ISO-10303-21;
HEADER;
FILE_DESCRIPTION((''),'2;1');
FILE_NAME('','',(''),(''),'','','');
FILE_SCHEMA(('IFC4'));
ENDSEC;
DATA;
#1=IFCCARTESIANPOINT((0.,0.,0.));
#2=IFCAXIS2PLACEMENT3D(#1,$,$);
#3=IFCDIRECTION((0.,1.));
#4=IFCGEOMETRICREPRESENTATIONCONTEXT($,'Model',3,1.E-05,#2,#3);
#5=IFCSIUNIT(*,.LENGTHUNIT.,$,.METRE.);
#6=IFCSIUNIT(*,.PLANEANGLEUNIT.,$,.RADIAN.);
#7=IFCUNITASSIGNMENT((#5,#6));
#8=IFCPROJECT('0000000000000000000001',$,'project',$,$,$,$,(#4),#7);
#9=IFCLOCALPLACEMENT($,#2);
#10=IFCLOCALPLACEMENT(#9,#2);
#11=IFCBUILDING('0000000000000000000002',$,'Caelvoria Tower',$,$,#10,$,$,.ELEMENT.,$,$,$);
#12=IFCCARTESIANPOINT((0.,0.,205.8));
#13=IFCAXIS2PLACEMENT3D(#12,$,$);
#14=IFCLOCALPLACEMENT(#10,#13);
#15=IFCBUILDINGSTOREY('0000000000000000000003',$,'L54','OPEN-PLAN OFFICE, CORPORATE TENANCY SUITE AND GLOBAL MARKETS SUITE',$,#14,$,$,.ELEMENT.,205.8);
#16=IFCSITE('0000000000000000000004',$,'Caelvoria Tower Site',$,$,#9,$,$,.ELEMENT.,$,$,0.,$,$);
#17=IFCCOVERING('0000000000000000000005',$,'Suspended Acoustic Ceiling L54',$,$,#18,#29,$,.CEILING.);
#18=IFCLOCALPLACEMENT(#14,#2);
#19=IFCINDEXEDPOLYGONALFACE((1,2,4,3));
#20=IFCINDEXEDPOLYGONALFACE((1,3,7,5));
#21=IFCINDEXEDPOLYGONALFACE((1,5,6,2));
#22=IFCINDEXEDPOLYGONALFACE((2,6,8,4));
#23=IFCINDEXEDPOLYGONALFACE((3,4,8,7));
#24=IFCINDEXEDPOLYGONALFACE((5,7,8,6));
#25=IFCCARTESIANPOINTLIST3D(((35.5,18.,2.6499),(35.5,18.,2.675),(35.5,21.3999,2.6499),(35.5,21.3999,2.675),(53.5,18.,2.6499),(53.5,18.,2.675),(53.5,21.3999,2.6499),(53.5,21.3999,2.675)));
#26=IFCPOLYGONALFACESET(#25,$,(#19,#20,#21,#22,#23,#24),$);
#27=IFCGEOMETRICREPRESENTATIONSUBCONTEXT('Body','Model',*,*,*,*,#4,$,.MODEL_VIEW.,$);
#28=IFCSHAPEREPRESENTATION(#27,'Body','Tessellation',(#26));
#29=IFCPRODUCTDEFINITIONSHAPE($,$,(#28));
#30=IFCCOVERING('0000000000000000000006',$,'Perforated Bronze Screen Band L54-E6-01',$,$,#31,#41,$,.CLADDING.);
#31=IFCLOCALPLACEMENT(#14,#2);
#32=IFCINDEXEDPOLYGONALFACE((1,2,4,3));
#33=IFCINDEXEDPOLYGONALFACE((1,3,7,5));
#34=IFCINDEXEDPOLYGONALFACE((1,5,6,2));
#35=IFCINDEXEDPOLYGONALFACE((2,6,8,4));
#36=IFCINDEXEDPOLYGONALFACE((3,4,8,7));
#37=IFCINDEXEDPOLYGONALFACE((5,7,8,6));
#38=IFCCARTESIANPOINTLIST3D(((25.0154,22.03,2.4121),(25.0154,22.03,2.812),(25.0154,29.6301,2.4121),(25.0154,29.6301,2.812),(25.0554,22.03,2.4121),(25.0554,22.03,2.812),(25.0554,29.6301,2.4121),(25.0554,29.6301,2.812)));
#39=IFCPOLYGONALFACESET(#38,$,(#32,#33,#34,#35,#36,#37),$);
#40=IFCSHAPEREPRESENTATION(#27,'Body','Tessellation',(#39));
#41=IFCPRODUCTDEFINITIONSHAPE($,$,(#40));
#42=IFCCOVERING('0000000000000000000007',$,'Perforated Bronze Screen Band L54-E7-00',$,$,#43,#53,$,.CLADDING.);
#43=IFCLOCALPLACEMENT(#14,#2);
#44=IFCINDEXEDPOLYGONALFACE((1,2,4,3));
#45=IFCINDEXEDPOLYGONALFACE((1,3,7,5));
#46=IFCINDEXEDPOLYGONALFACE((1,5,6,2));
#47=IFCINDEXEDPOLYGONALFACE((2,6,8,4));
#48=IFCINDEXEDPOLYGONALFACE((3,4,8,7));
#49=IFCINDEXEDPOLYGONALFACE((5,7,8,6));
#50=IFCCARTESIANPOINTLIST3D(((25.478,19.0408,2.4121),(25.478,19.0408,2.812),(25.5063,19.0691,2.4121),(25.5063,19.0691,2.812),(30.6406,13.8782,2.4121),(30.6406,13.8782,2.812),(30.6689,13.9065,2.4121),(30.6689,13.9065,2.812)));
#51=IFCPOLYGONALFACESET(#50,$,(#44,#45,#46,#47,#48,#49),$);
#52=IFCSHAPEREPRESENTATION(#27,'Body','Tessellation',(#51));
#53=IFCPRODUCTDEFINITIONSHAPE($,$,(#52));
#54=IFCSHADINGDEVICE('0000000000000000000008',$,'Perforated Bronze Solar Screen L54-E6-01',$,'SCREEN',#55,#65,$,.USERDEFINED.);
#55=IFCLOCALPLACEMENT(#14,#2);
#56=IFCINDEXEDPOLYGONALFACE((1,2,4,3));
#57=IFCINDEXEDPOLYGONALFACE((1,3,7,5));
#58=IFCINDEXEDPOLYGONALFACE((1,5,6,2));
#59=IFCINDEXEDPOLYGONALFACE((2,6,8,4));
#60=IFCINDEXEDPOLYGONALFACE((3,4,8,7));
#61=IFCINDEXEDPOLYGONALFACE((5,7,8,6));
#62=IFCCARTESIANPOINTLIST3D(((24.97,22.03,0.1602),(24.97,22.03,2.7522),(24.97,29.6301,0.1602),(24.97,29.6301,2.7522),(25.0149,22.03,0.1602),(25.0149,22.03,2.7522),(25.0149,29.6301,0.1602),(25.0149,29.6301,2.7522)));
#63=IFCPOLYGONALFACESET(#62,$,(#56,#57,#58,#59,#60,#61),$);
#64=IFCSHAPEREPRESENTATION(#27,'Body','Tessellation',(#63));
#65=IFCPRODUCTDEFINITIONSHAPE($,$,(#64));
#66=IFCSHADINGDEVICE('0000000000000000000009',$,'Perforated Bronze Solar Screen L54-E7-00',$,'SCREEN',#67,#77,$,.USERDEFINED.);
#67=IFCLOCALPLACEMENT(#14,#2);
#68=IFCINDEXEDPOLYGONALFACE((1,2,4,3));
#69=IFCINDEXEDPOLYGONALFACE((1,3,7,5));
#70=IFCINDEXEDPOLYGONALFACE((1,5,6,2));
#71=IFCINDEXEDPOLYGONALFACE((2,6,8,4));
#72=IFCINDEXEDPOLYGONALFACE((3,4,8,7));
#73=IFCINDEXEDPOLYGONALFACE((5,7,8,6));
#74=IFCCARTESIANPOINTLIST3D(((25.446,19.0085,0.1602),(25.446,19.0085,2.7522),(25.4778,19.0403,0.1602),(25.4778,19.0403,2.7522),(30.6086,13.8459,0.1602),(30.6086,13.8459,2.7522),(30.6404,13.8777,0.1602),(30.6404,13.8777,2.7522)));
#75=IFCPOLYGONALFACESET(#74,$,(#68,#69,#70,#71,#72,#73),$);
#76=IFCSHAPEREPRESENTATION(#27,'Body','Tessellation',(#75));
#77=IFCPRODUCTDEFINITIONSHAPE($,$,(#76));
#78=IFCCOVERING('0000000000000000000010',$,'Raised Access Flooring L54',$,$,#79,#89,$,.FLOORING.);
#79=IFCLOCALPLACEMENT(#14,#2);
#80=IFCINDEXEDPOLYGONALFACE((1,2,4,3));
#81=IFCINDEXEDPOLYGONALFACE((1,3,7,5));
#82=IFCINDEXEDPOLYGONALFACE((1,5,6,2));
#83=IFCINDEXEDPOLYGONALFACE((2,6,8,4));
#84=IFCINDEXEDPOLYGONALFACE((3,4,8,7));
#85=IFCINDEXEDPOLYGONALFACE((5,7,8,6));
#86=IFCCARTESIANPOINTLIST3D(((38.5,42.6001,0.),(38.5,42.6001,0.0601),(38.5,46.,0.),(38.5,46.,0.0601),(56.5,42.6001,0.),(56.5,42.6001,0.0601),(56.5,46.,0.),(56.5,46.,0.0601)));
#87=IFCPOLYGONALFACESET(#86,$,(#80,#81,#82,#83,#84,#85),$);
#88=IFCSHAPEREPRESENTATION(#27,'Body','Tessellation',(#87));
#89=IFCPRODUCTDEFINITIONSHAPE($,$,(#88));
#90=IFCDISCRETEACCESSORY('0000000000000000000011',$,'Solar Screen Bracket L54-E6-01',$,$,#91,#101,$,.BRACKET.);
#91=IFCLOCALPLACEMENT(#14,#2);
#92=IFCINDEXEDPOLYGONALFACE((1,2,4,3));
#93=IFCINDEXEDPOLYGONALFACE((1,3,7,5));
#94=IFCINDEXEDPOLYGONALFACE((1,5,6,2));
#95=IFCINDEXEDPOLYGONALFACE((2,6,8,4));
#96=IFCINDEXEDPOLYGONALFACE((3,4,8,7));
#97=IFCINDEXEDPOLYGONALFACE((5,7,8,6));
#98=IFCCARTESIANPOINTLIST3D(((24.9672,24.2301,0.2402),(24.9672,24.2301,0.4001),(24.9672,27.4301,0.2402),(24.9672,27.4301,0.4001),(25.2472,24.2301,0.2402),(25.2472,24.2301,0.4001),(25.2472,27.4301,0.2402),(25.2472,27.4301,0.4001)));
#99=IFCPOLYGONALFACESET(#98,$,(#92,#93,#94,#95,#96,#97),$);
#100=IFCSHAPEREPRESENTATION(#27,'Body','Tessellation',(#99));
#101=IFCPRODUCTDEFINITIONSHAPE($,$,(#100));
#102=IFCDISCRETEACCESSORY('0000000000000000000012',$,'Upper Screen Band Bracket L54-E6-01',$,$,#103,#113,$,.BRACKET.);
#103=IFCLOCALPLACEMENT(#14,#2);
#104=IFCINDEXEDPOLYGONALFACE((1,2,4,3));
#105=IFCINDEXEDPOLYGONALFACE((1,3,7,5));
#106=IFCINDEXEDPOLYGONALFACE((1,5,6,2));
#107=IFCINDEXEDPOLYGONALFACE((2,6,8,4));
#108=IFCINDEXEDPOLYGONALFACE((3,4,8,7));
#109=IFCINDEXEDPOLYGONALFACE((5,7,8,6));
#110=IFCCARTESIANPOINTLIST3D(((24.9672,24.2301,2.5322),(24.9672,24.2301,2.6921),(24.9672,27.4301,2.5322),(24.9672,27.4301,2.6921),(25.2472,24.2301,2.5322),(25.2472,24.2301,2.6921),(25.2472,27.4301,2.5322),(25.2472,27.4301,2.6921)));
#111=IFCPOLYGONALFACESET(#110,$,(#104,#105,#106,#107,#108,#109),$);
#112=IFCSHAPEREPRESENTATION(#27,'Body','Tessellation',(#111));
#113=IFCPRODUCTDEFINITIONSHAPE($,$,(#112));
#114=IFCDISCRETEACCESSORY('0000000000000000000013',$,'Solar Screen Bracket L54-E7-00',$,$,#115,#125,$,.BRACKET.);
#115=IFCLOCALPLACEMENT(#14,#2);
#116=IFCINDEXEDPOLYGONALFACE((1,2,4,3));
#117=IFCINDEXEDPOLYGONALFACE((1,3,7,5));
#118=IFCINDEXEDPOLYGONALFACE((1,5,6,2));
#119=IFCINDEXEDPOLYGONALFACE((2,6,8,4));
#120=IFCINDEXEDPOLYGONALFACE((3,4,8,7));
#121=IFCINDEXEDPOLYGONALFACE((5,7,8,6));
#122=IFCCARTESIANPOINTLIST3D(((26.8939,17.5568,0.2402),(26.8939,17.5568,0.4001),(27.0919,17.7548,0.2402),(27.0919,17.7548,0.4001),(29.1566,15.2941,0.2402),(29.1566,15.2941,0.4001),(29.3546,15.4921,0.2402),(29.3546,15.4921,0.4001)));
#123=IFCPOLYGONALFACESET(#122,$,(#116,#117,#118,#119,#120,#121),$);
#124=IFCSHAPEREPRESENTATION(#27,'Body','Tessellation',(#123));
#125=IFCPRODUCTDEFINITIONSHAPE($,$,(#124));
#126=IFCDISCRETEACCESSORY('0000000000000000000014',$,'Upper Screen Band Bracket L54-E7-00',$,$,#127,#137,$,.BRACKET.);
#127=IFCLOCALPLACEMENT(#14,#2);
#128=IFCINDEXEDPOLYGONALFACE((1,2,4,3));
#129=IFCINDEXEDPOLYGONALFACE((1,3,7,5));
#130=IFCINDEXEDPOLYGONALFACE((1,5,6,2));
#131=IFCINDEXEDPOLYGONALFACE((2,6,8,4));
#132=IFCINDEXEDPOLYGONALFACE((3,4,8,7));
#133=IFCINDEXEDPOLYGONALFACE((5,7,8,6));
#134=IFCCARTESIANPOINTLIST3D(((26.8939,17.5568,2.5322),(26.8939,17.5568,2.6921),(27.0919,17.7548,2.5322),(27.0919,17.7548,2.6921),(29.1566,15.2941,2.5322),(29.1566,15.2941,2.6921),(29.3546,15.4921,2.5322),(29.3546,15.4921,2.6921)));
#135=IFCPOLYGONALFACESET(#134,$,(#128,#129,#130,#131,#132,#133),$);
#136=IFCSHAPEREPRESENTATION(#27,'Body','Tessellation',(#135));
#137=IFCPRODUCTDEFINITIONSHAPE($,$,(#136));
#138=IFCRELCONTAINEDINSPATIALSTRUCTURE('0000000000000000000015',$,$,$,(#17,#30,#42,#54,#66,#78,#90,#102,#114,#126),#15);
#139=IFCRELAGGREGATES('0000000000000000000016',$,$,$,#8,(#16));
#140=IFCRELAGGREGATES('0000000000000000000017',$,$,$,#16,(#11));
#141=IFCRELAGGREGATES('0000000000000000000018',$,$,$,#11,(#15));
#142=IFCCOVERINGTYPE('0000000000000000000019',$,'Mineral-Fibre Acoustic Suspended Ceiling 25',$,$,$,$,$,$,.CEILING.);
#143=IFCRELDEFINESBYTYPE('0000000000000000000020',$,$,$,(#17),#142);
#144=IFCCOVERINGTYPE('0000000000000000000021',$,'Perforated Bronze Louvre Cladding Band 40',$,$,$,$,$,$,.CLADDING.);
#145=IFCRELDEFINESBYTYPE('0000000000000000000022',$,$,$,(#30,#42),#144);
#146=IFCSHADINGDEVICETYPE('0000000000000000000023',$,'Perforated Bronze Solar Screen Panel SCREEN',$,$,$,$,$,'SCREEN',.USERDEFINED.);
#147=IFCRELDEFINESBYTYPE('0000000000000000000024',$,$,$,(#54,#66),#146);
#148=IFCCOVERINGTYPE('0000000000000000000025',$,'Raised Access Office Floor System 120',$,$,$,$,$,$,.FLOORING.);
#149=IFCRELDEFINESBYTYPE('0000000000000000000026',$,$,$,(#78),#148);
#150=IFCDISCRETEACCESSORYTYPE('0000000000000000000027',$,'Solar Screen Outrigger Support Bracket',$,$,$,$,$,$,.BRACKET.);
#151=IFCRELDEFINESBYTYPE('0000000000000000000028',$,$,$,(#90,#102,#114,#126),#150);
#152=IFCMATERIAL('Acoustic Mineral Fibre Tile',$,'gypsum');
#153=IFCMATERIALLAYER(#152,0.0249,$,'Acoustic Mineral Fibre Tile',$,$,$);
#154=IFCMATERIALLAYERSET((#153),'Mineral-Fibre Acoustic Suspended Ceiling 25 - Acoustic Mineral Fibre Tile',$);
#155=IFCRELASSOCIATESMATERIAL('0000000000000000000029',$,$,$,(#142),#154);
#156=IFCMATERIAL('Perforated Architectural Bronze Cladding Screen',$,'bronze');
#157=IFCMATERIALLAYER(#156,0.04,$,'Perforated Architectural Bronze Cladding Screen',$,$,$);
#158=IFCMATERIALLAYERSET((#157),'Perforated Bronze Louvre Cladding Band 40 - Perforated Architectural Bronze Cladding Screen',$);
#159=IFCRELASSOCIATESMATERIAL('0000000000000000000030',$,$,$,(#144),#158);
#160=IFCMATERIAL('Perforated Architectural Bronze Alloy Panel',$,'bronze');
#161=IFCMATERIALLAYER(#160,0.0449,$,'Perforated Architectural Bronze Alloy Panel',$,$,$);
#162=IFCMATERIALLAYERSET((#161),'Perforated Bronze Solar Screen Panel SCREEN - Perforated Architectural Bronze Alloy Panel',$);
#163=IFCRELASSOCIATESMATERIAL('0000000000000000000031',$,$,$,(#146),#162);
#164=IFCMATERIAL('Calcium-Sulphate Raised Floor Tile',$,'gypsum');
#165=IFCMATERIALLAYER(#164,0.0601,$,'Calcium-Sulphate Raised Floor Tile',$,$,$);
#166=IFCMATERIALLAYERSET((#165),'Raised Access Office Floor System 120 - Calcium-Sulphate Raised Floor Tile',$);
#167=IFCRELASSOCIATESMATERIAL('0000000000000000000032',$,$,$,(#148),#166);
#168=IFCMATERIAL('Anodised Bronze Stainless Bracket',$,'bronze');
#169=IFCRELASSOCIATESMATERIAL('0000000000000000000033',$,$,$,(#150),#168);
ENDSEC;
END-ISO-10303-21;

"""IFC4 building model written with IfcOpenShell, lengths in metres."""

from ifc_helpers import new_model, si_unit, direction, frame, origin, origin_2d, place, context, subcontext, project, spatial, polyline, rectangle, outline, extrude, material, layer, layer_set, type_object, element, save


model = new_model("IFC4")

# Units and contexts
model_context = context("Model", 3, precision=1e-05, world=origin(), true_north=direction((0.0, 1.0)))
body_context = subcontext(model_context, "Body", "Model", "MODEL_VIEW")
ifc_project = project(units=[si_unit("LENGTHUNIT", "METRE"), si_unit("PLANEANGLEUNIT", "RADIAN")], contexts=[model_context])

# Site, building, storey
site_placement = place(None, origin())
site = spatial("IfcSite", under=ifc_project, at=site_placement, Name="Caelvoria Tower Site", CompositionType="ELEMENT", RefElevation=0.0)
building_placement = place(site_placement, origin())
building = spatial("IfcBuilding", under=site, at=building_placement, Name="Caelvoria Tower", CompositionType="ELEMENT")
storey_placement = place(building_placement, frame((0.0, 0.0, 205.8)))
storey = spatial("IfcBuildingStorey", under=building, at=storey_placement, Name="L54", Description="OPEN-PLAN OFFICE, CORPORATE TENANCY SUITE AND GLOBAL MARKETS SUITE", CompositionType="ELEMENT", Elevation=205.8)

# Coverings
ifc_material_1 = material(Name="Acoustic Mineral Fibre Tile", Category="gypsum")
ifc_layer_1 = layer(ifc_material_1, 0.0249, Name="Acoustic Mineral Fibre Tile")
ifc_layer_set_1 = layer_set([ifc_layer_1], Name="Mineral-Fibre Acoustic Suspended Ceiling 25 - Acoustic Mineral Fibre Tile")
covering_type_1 = type_object("IfcCoveringType", Name="Mineral-Fibre Acoustic Suspended Ceiling 25", PredefinedType="CEILING", material=ifc_layer_set_1)
covering_1_placement = place(storey_placement, frame((0.0, 0.0, 2.6499)))
element("IfcCovering", 1, at=covering_1_placement, inside=storey, type_object=covering_type_1, Name="Suspended Acoustic Ceiling L54", PredefinedType="CEILING", context=body_context, shape_type="SweptSolid", body=[
    extrude(outline(polyline([(35.5, 18.0), (53.5, 18.0), (53.5, 21.3999), (35.5, 21.3999), (35.5, 18.0)])), origin(), (0.0, 0.0, 1.0), 0.0251),
])
ifc_material_2 = material(Name="Perforated Architectural Bronze Cladding Screen", Category="bronze")
ifc_layer_2 = layer(ifc_material_2, 0.04, Name="Perforated Architectural Bronze Cladding Screen")
ifc_layer_set_2 = layer_set([ifc_layer_2], Name="Perforated Bronze Louvre Cladding Band 40 - Perforated Architectural Bronze Cladding Screen")
covering_type_2 = type_object("IfcCoveringType", Name="Perforated Bronze Louvre Cladding Band 40", PredefinedType="CLADDING", material=ifc_layer_set_2)
covering_2_placement = place(storey_placement, frame((25.0354, 25.8301, 2.4121), z_axis=(0.0, 0.0, 1.0), x_axis=(0.0, -1.0, 0.0)))
element("IfcCovering", 2, at=covering_2_placement, inside=storey, type_object=covering_type_2, Name="Perforated Bronze Screen Band L54-E6-01", PredefinedType="CLADDING", context=body_context, shape_type="SweptSolid", body=[
    extrude(rectangle(XDim=7.6001, YDim=0.04, at=origin_2d()), origin(), (0.0, 0.0, 1.0), 0.3999),
])
covering_3_placement = place(storey_placement, frame((28.0735, 16.4736, 2.4121), z_axis=(0.0, 0.0, 1.0), x_axis=(0.707107, -0.707107, 0.0)))
element("IfcCovering", 3, at=covering_3_placement, inside=storey, type_object=covering_type_2, Name="Perforated Bronze Screen Band L54-E7-00", PredefinedType="CLADDING", context=body_context, shape_type="SweptSolid", body=[
    extrude(rectangle(XDim=7.301, YDim=0.04, at=origin_2d()), origin(), (0.0, 0.0, 1.0), 0.3999),
])

# Shading devices
ifc_material_3 = material(Name="Perforated Architectural Bronze Alloy Panel", Category="bronze")
ifc_layer_3 = layer(ifc_material_3, 0.0449, Name="Perforated Architectural Bronze Alloy Panel")
ifc_layer_set_3 = layer_set([ifc_layer_3], Name="Perforated Bronze Solar Screen Panel SCREEN - Perforated Architectural Bronze Alloy Panel")
shading_device_type = type_object("IfcShadingDeviceType", Name="Perforated Bronze Solar Screen Panel SCREEN", ElementType="SCREEN", PredefinedType="USERDEFINED", material=ifc_layer_set_3)
shading_device_1_placement = place(storey_placement, frame((24.9924, 25.8301, 0.1602), z_axis=(0.0, 0.0, 1.0), x_axis=(0.0, -1.0, 0.0)))
element("IfcShadingDevice", 4, at=shading_device_1_placement, inside=storey, type_object=shading_device_type, Name="Perforated Bronze Solar Screen L54-E6-01", ObjectType="SCREEN", PredefinedType="USERDEFINED", context=body_context, shape_type="SweptSolid", body=[
    extrude(rectangle(XDim=7.6001, YDim=0.0449, at=origin_2d()), origin(), (0.0, 0.0, 1.0), 2.592),
])
shading_device_2_placement = place(storey_placement, frame((28.0432, 16.4431, 0.1602), z_axis=(0.0, 0.0, 1.0), x_axis=(0.707107, -0.707107, 0.0)))
element("IfcShadingDevice", 5, at=shading_device_2_placement, inside=storey, type_object=shading_device_type, Name="Perforated Bronze Solar Screen L54-E7-00", ObjectType="SCREEN", PredefinedType="USERDEFINED", context=body_context, shape_type="SweptSolid", body=[
    extrude(rectangle(XDim=7.301, YDim=0.0449, at=origin_2d()), origin(), (0.0, 0.0, 1.0), 2.592),
])

# Covering
ifc_material_4 = material(Name="Calcium-Sulphate Raised Floor Tile", Category="gypsum")
ifc_layer_4 = layer(ifc_material_4, 0.0601, Name="Calcium-Sulphate Raised Floor Tile")
ifc_layer_set_4 = layer_set([ifc_layer_4], Name="Raised Access Office Floor System 120 - Calcium-Sulphate Raised Floor Tile")
covering_type_3 = type_object("IfcCoveringType", Name="Raised Access Office Floor System 120", PredefinedType="FLOORING", material=ifc_layer_set_4)
covering_4_placement = place(storey_placement, origin())
element("IfcCovering", 6, at=covering_4_placement, inside=storey, type_object=covering_type_3, Name="Raised Access Flooring L54", PredefinedType="FLOORING", context=body_context, shape_type="SweptSolid", body=[
    extrude(outline(polyline([(38.5, 42.6001), (56.5, 42.6001), (56.5, 46.0), (38.5, 46.0), (38.5, 42.6001)])), origin(), (0.0, 0.0, 1.0), 0.0601),
])

# Discrete accessories
ifc_material_5 = material(Name="Anodised Bronze Stainless Bracket", Category="bronze")
discrete_accessory_type = type_object("IfcDiscreteAccessoryType", Name="Solar Screen Outrigger Support Bracket", PredefinedType="BRACKET", material=ifc_material_5)
for number, where, z_axis, x_axis, name in (
    (7, (25.1072, 25.8301, 0.2402), (0.0, 0.0, 1.0), (0.0, -1.0, 0.0), "Solar Screen Bracket L54-E6-01"),
    (8, (25.1072, 25.8301, 2.5322), (0.0, 0.0, 1.0), (0.0, -1.0, 0.0), "Upper Screen Band Bracket L54-E6-01"),
    (9, (28.1243, 16.5244, 0.2402), (0.0, 0.0, 1.0), (0.707107, -0.707107, 0.0), "Solar Screen Bracket L54-E7-00"),
    (10, (28.1243, 16.5244, 2.5322), (0.0, 0.0, 1.0), (0.707107, -0.707107, 0.0), "Upper Screen Band Bracket L54-E7-00"),
):
    element("IfcDiscreteAccessory", number, at=place(storey_placement, frame(where, z_axis=z_axis, x_axis=x_axis)), inside=storey, type_object=discrete_accessory_type, Name=name, PredefinedType="BRACKET", context=body_context, shape_type="SweptSolid", body=[
        extrude(rectangle(XDim=3.2, YDim=0.28, at=origin_2d()), origin(), (0.0, 0.0, 1.0), 0.1599),
    ])

save(model, "model.ifc")
